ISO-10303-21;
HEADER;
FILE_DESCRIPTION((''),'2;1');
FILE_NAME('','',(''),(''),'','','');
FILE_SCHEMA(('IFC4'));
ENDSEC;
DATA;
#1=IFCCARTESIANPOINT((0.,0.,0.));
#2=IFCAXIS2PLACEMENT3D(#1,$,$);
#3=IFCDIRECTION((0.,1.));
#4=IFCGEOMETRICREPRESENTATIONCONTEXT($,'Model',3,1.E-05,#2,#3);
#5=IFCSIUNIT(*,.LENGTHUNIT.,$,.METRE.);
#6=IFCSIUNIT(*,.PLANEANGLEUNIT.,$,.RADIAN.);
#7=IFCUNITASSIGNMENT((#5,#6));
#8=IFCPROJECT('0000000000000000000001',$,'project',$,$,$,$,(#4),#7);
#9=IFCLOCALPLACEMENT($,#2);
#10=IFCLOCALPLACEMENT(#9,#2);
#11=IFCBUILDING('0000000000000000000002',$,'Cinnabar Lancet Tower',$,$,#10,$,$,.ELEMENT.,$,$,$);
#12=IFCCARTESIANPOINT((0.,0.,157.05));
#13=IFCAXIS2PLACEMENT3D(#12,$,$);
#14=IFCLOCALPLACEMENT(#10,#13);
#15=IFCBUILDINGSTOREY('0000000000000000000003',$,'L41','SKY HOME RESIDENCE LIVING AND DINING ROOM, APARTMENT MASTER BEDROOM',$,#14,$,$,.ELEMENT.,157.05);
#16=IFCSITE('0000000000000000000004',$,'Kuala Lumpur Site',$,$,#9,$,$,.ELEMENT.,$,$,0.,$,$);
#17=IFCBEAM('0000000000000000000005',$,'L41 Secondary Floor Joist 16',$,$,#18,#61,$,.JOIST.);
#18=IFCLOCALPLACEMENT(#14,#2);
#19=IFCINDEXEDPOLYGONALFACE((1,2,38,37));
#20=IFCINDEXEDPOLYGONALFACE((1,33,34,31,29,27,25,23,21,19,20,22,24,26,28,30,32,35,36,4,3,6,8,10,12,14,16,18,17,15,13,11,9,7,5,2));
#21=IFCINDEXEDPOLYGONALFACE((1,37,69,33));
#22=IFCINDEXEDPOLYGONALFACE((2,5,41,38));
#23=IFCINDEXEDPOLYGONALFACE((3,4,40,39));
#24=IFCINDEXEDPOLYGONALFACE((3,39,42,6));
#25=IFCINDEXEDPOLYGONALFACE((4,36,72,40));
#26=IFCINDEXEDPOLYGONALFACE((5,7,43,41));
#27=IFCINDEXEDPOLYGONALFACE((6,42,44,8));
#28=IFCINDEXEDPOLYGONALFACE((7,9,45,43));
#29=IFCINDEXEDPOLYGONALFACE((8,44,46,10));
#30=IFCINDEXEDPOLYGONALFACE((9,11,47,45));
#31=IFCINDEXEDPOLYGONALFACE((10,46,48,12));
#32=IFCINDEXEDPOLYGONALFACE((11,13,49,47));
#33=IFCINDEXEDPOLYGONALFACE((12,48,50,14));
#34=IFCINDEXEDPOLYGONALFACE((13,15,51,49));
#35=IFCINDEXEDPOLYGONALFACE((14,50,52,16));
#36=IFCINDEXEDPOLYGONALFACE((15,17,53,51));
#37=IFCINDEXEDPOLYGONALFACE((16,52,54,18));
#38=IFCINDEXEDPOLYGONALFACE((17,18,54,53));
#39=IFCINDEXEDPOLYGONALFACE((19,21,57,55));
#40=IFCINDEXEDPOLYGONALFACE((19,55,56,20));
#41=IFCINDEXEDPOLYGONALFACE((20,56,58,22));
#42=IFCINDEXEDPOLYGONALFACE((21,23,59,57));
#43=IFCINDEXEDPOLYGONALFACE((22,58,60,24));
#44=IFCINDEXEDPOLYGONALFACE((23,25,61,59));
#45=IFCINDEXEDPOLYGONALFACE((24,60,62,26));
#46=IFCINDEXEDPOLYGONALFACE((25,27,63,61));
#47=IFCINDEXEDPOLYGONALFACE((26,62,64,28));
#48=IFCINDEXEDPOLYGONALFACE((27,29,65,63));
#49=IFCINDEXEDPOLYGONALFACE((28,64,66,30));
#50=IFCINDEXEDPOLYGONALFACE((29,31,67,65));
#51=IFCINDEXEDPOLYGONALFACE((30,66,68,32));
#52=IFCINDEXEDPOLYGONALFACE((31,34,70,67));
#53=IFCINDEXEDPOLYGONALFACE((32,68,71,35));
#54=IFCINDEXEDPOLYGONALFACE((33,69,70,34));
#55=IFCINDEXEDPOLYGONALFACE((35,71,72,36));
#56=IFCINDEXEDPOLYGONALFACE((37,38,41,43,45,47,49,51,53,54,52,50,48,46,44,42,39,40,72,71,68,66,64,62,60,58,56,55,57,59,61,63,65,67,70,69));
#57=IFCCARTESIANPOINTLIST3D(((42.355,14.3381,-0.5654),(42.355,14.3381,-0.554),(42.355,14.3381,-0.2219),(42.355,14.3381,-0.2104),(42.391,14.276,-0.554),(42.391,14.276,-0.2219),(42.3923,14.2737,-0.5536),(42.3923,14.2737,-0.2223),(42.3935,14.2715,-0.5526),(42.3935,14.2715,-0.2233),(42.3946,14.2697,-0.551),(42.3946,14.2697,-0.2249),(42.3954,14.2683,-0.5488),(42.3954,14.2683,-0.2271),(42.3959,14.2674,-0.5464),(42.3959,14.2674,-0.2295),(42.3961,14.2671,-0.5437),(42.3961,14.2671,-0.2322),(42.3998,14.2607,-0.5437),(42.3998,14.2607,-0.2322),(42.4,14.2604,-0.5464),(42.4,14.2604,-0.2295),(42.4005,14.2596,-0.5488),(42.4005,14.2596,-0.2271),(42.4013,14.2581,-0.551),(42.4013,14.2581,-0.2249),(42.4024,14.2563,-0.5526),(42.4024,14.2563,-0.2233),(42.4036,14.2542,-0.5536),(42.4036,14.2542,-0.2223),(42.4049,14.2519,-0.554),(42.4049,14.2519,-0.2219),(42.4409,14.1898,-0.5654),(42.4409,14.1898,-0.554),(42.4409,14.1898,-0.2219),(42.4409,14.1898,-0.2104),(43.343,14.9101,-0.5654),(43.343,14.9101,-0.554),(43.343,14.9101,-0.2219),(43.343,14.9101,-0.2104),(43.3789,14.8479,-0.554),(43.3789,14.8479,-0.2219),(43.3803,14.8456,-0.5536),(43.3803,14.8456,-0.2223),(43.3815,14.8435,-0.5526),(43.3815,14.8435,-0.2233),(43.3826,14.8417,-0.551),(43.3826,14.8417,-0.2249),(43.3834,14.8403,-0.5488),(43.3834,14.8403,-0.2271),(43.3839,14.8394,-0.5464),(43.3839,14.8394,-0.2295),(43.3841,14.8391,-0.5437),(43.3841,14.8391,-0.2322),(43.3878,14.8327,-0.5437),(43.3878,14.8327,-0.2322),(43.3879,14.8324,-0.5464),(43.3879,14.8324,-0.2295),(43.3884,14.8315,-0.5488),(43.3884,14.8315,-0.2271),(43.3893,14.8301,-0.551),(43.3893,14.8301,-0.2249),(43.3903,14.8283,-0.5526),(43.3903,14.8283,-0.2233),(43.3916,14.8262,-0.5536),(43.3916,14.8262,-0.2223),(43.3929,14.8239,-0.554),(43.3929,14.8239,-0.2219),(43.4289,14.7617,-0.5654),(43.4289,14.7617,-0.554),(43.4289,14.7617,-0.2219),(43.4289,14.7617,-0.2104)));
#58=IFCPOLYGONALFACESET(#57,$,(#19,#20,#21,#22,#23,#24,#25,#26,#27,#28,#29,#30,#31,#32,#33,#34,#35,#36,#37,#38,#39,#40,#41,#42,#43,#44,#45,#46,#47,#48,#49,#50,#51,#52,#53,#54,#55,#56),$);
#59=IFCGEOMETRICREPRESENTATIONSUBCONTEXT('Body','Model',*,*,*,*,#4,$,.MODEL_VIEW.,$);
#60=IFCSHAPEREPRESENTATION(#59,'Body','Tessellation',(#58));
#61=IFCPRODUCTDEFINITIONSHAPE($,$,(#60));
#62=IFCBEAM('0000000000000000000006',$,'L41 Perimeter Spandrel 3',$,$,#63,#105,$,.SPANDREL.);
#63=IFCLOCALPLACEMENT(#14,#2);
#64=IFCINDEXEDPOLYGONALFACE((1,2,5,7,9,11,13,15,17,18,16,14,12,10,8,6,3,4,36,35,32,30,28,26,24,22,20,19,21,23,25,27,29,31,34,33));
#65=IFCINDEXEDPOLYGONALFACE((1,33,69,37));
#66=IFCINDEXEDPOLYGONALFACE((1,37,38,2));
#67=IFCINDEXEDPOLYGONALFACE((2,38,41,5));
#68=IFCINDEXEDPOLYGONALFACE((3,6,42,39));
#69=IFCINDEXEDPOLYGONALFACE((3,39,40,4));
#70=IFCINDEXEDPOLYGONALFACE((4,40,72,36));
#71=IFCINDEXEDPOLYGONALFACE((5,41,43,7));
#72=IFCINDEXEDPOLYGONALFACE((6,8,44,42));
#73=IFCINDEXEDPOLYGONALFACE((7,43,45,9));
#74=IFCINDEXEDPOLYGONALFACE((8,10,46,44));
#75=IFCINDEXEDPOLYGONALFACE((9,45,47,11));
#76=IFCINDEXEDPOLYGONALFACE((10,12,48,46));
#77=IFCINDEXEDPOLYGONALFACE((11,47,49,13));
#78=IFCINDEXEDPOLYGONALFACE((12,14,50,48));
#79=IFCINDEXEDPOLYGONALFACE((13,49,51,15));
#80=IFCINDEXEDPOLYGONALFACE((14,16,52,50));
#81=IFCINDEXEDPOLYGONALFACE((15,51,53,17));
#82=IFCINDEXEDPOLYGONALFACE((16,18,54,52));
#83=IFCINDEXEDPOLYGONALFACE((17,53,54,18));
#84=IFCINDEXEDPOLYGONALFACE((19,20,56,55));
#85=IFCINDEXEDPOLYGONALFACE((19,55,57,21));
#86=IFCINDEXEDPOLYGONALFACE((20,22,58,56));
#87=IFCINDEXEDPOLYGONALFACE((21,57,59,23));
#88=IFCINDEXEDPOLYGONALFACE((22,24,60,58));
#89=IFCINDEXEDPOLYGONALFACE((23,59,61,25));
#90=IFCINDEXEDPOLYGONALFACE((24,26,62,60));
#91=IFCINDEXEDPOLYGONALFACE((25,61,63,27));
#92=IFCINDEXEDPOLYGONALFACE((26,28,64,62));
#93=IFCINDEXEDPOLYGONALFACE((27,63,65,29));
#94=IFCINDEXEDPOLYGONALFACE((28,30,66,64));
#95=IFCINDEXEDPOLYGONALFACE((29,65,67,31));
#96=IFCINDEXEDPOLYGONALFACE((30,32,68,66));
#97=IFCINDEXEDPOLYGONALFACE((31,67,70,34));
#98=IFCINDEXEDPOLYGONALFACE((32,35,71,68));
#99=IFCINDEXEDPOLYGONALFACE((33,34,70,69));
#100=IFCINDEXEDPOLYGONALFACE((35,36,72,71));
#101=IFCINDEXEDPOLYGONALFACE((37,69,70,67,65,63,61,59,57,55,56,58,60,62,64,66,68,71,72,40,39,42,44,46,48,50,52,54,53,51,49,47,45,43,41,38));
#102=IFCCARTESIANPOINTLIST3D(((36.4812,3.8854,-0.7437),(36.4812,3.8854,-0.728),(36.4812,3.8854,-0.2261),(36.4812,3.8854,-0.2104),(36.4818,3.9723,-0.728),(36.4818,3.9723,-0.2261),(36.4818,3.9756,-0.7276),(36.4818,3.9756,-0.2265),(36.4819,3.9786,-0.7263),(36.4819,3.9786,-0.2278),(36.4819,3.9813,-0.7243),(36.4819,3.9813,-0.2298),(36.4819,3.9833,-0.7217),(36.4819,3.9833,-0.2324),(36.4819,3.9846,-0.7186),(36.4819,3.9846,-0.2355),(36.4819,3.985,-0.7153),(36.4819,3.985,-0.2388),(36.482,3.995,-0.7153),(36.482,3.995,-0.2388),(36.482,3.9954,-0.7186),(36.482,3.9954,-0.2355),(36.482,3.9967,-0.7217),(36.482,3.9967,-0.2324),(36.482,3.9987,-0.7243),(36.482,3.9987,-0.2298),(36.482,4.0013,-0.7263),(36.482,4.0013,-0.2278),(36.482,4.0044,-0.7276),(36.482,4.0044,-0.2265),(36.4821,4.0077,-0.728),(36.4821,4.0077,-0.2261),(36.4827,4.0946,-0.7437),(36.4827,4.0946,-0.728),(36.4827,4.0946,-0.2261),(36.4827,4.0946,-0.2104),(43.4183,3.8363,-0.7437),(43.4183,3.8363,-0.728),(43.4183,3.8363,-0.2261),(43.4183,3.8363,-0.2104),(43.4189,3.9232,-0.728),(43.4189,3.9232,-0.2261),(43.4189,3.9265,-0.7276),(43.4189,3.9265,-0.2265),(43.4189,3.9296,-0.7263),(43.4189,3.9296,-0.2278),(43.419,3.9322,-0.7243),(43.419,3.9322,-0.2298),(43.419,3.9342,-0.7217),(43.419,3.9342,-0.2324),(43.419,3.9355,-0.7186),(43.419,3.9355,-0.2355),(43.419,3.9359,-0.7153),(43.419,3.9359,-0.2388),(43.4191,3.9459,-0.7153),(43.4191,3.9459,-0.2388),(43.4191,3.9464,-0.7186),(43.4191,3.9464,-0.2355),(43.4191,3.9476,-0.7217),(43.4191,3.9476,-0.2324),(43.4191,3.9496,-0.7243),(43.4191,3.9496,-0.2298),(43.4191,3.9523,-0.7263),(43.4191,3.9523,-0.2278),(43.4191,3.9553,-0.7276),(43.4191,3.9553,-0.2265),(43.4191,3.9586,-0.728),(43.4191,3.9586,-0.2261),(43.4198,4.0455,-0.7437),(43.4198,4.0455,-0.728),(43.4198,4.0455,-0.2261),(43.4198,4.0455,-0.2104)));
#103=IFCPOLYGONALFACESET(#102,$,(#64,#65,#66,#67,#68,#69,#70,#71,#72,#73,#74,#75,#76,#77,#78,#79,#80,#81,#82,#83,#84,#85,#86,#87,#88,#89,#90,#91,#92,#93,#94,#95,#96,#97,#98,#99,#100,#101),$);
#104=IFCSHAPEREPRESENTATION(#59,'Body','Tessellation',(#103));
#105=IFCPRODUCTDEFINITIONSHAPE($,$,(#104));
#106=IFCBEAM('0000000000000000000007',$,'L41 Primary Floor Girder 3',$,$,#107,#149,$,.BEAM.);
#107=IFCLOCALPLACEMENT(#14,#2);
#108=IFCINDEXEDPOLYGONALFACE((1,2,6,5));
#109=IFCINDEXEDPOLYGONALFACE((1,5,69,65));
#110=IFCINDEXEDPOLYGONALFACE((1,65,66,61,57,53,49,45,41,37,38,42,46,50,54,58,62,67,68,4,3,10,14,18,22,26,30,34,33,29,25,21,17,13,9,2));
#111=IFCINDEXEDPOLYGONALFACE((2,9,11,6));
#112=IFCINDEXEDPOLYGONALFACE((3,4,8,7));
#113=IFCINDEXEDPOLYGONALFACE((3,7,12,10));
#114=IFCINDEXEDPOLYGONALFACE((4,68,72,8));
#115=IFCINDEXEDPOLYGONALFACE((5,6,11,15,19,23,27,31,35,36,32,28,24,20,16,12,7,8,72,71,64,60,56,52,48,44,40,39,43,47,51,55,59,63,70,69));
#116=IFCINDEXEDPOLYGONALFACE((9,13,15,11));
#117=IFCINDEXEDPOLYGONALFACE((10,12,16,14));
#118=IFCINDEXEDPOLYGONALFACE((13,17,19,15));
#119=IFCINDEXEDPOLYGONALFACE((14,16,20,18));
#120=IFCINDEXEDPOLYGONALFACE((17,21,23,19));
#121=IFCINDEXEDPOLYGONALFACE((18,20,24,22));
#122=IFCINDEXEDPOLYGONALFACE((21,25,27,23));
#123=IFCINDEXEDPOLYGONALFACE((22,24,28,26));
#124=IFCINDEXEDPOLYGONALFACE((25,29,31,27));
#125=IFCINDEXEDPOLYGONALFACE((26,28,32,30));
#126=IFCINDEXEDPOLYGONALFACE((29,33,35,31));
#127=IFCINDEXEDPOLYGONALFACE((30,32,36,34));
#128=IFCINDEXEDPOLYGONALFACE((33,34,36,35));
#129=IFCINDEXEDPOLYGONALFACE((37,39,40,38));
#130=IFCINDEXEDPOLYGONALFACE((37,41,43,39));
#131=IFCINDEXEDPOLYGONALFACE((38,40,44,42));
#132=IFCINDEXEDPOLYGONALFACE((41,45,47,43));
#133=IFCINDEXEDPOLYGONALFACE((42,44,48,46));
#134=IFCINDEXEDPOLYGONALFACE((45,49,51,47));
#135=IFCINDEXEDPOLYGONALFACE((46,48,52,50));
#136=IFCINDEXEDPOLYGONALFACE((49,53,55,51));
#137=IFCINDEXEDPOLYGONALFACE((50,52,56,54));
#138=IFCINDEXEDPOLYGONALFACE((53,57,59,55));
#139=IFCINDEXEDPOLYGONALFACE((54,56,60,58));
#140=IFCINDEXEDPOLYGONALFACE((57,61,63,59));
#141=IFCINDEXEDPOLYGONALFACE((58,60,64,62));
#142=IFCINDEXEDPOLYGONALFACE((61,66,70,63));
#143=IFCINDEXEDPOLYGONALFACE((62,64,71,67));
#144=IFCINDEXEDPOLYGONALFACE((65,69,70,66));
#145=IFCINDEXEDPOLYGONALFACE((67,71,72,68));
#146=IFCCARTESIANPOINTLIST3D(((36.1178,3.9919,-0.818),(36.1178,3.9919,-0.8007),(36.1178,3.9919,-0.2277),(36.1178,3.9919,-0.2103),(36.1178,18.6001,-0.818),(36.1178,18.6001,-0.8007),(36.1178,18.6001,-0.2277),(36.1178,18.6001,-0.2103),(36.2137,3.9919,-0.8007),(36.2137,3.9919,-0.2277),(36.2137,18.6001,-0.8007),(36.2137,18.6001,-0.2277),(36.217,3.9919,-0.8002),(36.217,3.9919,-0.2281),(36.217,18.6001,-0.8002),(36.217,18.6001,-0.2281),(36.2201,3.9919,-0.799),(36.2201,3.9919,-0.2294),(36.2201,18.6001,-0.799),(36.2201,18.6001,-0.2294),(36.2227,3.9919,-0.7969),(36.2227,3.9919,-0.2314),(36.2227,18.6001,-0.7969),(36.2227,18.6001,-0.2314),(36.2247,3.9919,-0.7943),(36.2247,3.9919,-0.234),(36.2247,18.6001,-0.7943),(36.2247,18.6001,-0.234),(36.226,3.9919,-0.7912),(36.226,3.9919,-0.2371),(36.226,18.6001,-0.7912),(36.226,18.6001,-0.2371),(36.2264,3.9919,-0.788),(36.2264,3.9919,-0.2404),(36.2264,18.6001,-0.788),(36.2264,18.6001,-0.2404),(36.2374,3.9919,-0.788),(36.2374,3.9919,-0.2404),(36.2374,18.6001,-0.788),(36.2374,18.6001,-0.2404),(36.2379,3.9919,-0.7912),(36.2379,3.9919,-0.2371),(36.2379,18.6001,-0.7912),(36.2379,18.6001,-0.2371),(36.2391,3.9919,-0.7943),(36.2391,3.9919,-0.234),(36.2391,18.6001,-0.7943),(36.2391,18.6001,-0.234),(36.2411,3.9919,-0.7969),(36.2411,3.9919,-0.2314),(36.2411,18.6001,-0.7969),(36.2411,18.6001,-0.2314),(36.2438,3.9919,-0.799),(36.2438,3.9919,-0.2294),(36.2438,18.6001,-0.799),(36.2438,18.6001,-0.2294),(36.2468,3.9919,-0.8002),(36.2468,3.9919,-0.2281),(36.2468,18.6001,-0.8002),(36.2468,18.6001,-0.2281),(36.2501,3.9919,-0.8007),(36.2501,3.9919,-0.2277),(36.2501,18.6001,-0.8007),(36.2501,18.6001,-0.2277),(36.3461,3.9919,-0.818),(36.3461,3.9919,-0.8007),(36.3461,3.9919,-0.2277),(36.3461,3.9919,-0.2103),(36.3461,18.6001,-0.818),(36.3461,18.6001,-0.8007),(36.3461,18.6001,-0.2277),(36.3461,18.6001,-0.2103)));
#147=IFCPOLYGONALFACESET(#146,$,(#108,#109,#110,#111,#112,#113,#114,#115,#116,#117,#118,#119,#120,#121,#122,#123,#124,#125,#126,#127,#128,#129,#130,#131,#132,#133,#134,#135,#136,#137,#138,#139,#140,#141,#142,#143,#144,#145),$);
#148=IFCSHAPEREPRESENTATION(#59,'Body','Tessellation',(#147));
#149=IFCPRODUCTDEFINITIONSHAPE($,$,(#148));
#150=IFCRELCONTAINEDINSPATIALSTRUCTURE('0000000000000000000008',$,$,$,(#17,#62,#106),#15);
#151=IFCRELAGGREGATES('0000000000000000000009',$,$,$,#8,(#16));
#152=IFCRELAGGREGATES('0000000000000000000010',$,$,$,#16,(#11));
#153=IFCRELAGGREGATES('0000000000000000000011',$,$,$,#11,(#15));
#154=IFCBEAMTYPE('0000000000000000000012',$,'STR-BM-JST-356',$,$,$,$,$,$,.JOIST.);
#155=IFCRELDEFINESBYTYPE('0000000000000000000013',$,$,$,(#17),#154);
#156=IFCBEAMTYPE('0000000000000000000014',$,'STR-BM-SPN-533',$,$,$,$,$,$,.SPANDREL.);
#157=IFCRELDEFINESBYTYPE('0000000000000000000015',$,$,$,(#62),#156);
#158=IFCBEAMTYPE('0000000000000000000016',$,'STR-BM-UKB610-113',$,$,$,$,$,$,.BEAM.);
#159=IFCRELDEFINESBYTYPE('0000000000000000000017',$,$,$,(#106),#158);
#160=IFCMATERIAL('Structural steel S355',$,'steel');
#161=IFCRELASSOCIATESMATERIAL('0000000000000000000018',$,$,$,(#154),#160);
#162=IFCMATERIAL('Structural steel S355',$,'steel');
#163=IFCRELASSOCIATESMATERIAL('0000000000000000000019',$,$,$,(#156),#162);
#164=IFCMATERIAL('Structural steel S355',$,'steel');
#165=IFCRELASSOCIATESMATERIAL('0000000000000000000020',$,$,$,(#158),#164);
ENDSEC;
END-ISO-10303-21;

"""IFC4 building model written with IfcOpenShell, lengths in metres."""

from ifc_helpers import new_model, si_unit, direction, frame, origin, origin_2d, place, context, subcontext, project, spatial, i_section, extrude, material, material_profile, profile_set, type_object, element, save


model = new_model("IFC4")

# Units and contexts
model_context = context("Model", 3, precision=1e-05, world=origin(), true_north=direction((0.0, 1.0)))
body_context = subcontext(model_context, "Body", "Model", "MODEL_VIEW")
ifc_project = project(units=[si_unit("LENGTHUNIT", "METRE"), si_unit("PLANEANGLEUNIT", "RADIAN")], contexts=[model_context])

# Site, building, storey
site_placement = place(None, origin())
site = spatial("IfcSite", under=ifc_project, at=site_placement, Name="Kuala Lumpur Site", CompositionType="ELEMENT", RefElevation=0.0)
building_placement = place(site_placement, origin())
building = spatial("IfcBuilding", under=site, at=building_placement, Name="Cinnabar Lancet Tower", CompositionType="ELEMENT")
storey_placement = place(building_placement, frame((0.0, 0.0, 157.05)))
storey = spatial("IfcBuildingStorey", under=building, at=storey_placement, Name="L41", Description="SKY HOME RESIDENCE LIVING AND DINING ROOM, APARTMENT MASTER BEDROOM", CompositionType="ELEMENT", Elevation=157.05)

# Beams
ifc_material_1 = material(Name="Structural steel S355", Category="steel")
ifc_material_profile_1 = material_profile(ifc_material_1, i_section(OverallWidth=0.1714, OverallDepth=0.355, WebThickness=0.0073, FlangeThickness=0.0115, FilletRadius=0.0103, at=origin_2d()), Name="UKB 356x171x51")
ifc_profile_set_1 = profile_set([ifc_material_profile_1], Name="Structural steel S355")
beam_type_1 = type_object("IfcBeamType", Name="STR-BM-JST-356", PredefinedType="JOIST", material=ifc_profile_set_1)
beam_1_placement = place(storey_placement, frame((42.3979, 14.2639, -0.3879), z_axis=(0.865426, 0.501036, 0.0), x_axis=(-0.501036, 0.865426, 0.0)))
element("IfcBeam", 1, at=beam_1_placement, inside=storey, type_object=beam_type_1, Name="L41 Secondary Floor Joist 16", PredefinedType="JOIST", context=body_context, shape_type="SweptSolid", body=[
    extrude(i_section(OverallWidth=0.1714, OverallDepth=0.355, WebThickness=0.0073, FlangeThickness=0.0115, FilletRadius=0.0103, at=origin_2d()), origin(), (0.0, 0.0, 1.0), 1.1416),
])
ifc_material_2 = material(Name="Structural steel S355", Category="steel")
ifc_material_profile_2 = material_profile(ifc_material_2, i_section(OverallWidth=0.2092, OverallDepth=0.5332, WebThickness=0.01, FlangeThickness=0.0156, FilletRadius=0.0127, at=origin_2d()), Name="UKB 533x210x92")
ifc_profile_set_2 = profile_set([ifc_material_profile_2], Name="Structural steel S355")
beam_type_2 = type_object("IfcBeamType", Name="STR-BM-SPN-533", PredefinedType="SPANDREL", material=ifc_profile_set_2)
beam_2_placement = place(storey_placement, frame((36.4819, 3.99, -0.4771), z_axis=(0.999975, -0.007074, 0.0), x_axis=(0.007074, 0.999975, 0.0)))
element("IfcBeam", 2, at=beam_2_placement, inside=storey, type_object=beam_type_2, Name="L41 Perimeter Spandrel 3", PredefinedType="SPANDREL", context=body_context, shape_type="SweptSolid", body=[
    extrude(i_section(OverallWidth=0.2092, OverallDepth=0.5332, WebThickness=0.01, FlangeThickness=0.0156, FilletRadius=0.0127, at=origin_2d()), origin(), (0.0, 0.0, 1.0), 6.9373),
])
ifc_material_3 = material(Name="Structural steel S355", Category="steel")
ifc_material_profile_3 = material_profile(ifc_material_3, i_section(OverallWidth=0.2283, OverallDepth=0.6077, WebThickness=0.011, FlangeThickness=0.0173, FilletRadius=0.0127, at=origin_2d()), Name="UKB 610x229x113")
ifc_profile_set_3 = profile_set([ifc_material_profile_3], Name="Structural steel S355")
beam_type_3 = type_object("IfcBeamType", Name="STR-BM-UKB610-113", PredefinedType="BEAM", material=ifc_profile_set_3)
beam_3_placement = place(storey_placement, frame((36.2319, 3.9919, -0.5142), z_axis=(0.0, 1.0, 0.0), x_axis=(-1.0, 0.0, 0.0)))
element("IfcBeam", 3, at=beam_3_placement, inside=storey, type_object=beam_type_3, Name="L41 Primary Floor Girder 3", PredefinedType="BEAM", context=body_context, shape_type="SweptSolid", body=[
    extrude(i_section(OverallWidth=0.2283, OverallDepth=0.6077, WebThickness=0.011, FlangeThickness=0.0173, FilletRadius=0.0127, at=origin_2d()), origin(), (0.0, 0.0, 1.0), 14.6082),
])

save(model, "model.ifc")
